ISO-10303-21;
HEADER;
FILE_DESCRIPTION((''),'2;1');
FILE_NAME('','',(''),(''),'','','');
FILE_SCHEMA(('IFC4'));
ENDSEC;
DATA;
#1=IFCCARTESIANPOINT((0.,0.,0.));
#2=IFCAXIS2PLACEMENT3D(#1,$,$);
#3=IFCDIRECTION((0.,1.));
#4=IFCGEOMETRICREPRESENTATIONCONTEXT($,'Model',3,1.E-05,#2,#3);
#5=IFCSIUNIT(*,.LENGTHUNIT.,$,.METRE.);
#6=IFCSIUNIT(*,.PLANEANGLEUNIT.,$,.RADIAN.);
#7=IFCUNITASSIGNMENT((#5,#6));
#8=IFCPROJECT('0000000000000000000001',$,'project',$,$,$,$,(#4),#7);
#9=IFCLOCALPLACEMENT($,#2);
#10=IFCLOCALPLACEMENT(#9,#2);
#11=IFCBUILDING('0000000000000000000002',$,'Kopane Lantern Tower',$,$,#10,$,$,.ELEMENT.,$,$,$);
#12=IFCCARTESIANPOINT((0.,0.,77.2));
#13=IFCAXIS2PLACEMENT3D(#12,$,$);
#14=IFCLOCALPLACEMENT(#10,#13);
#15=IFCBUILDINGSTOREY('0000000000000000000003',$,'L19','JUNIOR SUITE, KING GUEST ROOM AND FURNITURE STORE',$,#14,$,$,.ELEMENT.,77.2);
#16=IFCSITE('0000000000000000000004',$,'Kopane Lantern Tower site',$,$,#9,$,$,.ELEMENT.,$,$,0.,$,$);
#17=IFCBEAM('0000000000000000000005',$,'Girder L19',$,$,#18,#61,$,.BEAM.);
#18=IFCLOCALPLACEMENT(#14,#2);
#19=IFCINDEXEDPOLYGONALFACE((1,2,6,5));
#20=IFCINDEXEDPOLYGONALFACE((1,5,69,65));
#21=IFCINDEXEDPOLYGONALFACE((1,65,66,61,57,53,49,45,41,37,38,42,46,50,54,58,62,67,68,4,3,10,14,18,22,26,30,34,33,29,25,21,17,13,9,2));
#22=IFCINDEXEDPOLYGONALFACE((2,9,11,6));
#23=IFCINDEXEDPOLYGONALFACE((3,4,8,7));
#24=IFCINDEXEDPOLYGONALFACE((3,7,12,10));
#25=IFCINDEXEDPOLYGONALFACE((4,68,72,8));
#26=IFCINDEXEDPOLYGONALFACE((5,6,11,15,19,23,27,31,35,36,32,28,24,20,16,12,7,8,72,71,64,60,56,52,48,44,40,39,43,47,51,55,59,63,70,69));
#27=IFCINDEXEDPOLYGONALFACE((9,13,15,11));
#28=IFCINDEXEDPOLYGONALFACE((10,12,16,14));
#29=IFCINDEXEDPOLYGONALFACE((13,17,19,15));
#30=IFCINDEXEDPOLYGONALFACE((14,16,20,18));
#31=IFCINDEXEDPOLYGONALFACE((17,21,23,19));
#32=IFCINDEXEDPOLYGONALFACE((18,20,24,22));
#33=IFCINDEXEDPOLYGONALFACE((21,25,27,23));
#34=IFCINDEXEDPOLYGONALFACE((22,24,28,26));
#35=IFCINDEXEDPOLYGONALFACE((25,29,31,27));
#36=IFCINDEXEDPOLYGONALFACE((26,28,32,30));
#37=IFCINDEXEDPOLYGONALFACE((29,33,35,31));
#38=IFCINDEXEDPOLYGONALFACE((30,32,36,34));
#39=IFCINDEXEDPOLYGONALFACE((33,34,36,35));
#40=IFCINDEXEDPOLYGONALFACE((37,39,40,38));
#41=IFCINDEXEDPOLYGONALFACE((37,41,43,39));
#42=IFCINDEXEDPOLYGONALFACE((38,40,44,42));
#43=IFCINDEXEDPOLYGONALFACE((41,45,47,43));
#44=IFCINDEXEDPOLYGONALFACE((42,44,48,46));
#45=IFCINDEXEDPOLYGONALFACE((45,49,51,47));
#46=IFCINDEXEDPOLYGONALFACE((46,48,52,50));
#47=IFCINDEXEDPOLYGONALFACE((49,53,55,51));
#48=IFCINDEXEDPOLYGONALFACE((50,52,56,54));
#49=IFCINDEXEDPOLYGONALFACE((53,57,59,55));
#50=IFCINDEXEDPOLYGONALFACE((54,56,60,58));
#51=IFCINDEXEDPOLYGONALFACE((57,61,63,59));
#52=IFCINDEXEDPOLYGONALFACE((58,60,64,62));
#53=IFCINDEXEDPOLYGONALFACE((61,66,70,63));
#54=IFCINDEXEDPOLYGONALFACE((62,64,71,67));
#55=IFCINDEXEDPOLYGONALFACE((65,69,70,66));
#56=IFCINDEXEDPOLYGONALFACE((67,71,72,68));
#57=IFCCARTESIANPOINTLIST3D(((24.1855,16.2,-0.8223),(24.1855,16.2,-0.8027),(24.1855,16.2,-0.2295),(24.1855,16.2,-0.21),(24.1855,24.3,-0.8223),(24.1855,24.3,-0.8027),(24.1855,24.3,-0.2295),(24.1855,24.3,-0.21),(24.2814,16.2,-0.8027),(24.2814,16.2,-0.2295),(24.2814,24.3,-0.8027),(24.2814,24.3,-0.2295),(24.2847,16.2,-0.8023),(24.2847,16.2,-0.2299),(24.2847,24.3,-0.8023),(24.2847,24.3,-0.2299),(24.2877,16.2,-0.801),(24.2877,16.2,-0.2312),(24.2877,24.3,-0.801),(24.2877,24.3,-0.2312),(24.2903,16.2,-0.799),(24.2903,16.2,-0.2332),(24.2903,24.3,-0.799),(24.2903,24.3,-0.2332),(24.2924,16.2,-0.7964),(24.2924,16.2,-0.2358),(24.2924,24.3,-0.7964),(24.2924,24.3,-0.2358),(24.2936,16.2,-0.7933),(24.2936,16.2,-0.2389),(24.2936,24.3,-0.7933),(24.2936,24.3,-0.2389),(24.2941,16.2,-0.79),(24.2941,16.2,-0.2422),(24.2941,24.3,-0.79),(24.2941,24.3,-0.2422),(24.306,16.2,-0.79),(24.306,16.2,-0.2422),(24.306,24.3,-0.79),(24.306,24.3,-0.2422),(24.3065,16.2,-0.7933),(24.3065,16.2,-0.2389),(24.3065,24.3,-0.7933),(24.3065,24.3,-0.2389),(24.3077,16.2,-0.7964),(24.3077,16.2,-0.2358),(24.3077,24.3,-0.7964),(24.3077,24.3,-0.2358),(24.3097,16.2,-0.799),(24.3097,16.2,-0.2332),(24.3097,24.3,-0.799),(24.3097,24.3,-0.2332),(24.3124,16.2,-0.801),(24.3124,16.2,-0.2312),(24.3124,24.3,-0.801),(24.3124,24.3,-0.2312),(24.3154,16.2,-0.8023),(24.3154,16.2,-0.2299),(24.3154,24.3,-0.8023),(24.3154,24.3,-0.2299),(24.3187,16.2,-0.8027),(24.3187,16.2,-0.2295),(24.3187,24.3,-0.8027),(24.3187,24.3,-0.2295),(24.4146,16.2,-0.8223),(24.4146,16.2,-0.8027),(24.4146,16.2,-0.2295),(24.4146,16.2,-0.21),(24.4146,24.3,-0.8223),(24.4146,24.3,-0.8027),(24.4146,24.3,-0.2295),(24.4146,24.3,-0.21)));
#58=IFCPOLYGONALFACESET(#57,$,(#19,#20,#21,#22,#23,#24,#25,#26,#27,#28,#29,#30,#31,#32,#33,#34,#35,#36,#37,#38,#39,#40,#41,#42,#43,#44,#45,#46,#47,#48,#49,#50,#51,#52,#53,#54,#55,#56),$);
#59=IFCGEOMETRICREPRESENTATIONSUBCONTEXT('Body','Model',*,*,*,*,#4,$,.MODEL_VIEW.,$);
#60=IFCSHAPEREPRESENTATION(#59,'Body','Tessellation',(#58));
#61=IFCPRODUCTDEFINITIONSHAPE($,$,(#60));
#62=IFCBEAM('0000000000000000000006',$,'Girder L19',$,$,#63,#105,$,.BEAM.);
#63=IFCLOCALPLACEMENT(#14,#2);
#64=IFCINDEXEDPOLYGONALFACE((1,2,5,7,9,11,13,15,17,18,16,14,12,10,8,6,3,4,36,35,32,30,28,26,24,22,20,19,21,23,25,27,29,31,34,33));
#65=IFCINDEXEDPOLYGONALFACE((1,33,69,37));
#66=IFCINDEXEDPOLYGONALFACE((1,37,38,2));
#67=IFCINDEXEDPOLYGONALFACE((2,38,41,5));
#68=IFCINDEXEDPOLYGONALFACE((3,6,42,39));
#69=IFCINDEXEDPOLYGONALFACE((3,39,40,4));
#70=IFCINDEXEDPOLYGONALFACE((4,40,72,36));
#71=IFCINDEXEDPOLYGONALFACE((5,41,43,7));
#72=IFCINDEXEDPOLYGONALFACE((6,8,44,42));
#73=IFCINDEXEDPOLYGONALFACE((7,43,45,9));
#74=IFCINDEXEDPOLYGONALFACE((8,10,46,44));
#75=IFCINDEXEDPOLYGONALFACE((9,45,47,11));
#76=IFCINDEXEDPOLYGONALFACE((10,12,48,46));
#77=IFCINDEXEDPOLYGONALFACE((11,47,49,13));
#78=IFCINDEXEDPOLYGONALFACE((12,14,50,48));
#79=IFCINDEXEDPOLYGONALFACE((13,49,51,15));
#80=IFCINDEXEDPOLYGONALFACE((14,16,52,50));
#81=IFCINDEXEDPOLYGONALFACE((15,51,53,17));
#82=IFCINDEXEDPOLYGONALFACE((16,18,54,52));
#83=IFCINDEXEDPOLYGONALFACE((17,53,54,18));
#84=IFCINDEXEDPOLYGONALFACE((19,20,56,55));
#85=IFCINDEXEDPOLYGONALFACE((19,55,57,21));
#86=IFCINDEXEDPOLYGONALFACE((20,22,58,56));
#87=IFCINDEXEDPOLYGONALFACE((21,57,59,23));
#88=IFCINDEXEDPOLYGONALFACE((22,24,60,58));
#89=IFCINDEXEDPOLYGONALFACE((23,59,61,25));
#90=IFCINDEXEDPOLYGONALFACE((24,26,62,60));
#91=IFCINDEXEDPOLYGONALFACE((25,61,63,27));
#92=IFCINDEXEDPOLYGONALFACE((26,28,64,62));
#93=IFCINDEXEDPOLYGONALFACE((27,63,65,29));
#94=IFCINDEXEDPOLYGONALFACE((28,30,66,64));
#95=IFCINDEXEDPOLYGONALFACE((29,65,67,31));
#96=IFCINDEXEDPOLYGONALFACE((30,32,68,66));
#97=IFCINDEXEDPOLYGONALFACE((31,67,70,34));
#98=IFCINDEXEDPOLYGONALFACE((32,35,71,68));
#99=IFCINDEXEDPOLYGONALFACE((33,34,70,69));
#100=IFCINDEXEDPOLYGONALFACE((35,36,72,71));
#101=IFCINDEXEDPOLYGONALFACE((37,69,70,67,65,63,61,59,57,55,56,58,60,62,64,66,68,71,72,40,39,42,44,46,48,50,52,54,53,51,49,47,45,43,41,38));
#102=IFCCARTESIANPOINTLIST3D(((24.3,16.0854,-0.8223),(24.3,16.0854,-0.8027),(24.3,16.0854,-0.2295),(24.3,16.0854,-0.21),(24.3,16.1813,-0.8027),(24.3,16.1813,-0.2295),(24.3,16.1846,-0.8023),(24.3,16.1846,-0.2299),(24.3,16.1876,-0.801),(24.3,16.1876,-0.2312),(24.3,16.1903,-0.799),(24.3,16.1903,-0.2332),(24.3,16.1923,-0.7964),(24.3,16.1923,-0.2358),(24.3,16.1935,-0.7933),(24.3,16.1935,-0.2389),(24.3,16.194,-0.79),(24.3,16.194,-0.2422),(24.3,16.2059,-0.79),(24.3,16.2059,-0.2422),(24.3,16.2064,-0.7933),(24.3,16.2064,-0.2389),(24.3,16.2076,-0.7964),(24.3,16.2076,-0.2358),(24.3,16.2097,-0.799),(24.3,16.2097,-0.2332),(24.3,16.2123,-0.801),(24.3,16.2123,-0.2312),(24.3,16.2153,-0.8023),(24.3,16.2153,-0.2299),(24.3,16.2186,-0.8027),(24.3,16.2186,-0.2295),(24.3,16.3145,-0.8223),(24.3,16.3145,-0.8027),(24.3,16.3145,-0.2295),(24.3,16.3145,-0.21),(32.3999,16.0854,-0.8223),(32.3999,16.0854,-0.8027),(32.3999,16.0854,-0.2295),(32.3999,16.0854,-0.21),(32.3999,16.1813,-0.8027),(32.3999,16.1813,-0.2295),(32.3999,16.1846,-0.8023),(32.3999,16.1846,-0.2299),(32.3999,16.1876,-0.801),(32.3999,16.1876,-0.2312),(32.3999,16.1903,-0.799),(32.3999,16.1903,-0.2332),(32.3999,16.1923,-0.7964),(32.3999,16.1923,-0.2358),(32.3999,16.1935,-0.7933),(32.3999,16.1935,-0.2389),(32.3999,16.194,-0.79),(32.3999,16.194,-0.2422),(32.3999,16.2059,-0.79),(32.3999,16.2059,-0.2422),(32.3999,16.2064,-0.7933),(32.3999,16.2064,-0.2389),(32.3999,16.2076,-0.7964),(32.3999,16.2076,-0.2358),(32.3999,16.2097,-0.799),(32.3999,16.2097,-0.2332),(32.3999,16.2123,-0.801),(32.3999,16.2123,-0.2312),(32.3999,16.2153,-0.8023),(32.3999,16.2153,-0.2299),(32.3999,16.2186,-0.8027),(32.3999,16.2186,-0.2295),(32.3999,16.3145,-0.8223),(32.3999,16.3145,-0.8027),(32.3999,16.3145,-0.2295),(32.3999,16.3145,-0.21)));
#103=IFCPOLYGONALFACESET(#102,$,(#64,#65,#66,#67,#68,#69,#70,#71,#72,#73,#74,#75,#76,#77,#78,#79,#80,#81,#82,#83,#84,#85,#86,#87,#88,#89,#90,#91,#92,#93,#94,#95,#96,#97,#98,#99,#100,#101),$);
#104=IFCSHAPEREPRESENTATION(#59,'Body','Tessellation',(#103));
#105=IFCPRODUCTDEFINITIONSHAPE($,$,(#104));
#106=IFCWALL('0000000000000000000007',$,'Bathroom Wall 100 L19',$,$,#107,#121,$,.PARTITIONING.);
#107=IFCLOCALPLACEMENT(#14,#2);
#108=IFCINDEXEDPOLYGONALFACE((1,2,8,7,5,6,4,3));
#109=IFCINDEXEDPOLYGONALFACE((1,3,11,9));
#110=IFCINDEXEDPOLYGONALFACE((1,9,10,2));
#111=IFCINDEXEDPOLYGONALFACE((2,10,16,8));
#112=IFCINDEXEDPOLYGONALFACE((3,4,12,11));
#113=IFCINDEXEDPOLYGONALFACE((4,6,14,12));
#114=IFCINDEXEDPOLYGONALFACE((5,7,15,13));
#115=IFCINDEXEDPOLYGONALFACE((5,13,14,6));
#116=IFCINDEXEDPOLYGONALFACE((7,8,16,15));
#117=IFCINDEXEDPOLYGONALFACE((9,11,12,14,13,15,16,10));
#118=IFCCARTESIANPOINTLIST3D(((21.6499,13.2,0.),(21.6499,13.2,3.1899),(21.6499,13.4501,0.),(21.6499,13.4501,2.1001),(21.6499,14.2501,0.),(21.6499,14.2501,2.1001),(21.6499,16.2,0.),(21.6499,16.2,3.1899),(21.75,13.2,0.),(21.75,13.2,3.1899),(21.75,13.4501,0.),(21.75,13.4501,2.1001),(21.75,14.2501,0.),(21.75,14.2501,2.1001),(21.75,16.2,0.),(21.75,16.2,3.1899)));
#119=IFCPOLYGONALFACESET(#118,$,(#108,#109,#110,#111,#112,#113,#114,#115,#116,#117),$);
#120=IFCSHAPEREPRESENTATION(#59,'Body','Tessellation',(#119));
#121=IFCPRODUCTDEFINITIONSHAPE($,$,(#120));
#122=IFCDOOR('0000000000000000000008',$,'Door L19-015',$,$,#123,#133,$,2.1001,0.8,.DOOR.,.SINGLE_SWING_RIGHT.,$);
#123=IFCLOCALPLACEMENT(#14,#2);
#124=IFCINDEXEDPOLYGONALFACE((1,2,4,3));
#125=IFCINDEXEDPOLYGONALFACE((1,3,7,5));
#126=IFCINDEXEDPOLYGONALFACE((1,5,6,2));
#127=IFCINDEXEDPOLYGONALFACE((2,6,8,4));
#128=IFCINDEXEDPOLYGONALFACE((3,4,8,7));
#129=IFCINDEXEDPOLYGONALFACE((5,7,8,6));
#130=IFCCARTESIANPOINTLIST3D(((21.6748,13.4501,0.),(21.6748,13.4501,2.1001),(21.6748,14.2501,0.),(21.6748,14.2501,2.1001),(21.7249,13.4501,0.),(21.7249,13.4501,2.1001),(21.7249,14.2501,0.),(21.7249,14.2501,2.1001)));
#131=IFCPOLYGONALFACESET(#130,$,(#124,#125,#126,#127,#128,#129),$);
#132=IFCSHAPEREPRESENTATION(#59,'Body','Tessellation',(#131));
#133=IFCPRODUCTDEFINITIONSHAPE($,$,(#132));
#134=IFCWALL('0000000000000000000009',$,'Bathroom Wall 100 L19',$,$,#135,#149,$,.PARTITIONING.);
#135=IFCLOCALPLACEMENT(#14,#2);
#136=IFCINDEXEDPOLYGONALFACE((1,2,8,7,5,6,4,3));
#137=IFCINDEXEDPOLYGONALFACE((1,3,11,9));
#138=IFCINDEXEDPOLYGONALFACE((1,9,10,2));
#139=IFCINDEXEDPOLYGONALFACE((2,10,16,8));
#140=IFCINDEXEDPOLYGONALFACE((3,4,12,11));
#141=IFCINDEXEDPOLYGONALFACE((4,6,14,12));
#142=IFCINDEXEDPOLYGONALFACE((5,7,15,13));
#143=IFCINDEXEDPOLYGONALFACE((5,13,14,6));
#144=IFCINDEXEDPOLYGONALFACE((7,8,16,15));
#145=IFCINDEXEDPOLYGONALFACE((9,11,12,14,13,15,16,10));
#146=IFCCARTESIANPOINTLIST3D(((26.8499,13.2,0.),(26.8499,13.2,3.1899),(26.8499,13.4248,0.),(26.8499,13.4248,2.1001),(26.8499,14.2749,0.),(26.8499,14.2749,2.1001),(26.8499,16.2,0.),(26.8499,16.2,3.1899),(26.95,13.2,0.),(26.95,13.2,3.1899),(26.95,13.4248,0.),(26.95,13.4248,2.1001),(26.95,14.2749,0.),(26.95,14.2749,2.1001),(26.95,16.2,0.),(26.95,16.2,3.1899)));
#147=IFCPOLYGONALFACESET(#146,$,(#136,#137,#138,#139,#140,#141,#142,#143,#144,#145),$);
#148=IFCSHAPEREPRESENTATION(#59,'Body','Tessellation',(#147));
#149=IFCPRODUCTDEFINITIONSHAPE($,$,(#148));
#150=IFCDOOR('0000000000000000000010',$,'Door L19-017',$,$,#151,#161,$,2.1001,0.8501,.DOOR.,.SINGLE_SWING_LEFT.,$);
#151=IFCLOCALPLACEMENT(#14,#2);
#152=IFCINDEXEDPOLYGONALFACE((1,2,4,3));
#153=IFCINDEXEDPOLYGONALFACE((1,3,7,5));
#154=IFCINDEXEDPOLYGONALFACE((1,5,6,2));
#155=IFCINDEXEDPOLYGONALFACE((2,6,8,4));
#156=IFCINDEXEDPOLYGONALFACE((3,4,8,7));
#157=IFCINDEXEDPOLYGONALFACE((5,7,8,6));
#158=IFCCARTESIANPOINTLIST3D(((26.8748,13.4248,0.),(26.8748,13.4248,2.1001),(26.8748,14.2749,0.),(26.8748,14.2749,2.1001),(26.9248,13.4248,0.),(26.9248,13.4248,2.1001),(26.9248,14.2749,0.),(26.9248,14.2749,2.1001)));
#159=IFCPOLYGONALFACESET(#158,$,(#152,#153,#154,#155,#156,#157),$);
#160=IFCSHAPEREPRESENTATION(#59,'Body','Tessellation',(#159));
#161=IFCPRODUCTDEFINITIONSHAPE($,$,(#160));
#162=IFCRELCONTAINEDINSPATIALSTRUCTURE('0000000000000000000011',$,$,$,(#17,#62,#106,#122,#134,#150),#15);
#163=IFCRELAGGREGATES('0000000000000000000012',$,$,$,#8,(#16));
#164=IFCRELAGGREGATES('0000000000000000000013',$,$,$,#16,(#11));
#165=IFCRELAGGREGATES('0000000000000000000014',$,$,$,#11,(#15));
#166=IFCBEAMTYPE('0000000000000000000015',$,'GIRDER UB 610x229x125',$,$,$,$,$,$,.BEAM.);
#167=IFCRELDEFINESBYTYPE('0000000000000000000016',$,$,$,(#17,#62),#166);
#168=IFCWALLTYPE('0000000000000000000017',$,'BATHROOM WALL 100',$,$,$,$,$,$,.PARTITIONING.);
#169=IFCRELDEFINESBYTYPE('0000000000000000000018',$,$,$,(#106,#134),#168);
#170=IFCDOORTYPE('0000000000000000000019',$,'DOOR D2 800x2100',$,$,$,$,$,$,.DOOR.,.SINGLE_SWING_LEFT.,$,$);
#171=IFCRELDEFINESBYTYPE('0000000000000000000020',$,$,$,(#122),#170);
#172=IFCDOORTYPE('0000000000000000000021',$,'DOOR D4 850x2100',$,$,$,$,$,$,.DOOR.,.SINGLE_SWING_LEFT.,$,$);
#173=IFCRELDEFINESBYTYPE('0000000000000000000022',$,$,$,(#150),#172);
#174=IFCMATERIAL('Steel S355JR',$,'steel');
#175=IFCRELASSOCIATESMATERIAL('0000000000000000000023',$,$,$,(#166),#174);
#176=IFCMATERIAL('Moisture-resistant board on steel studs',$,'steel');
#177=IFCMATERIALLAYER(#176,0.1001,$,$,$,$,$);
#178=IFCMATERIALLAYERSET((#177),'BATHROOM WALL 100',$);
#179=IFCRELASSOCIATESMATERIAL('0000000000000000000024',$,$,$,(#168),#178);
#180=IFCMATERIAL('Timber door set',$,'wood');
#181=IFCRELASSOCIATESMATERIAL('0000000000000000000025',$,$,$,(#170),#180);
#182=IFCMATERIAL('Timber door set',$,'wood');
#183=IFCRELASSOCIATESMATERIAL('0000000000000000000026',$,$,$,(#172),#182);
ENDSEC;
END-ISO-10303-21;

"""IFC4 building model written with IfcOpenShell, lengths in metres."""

from ifc_helpers import new_model, si_unit, direction, frame, frame_2d, origin, origin_2d, place, context, subcontext, project, spatial, rectangle, i_section, extrude, material, layer, layer_set, material_profile, profile_set, type_object, element, fill, save


model = new_model("IFC4")

# Units and contexts
model_context = context("Model", 3, precision=1e-05, world=origin(), true_north=direction((0.0, 1.0)))
body_context = subcontext(model_context, "Body", "Model", "MODEL_VIEW")
ifc_project = project(units=[si_unit("LENGTHUNIT", "METRE"), si_unit("PLANEANGLEUNIT", "RADIAN")], contexts=[model_context])

# Site, building, storey
site_placement = place(None, origin())
site = spatial("IfcSite", under=ifc_project, at=site_placement, Name="Kopane Lantern Tower site", CompositionType="ELEMENT", RefElevation=0.0)
building_placement = place(site_placement, origin())
building = spatial("IfcBuilding", under=site, at=building_placement, Name="Kopane Lantern Tower", CompositionType="ELEMENT")
storey_placement = place(building_placement, frame((0.0, 0.0, 77.2)))
storey = spatial("IfcBuildingStorey", under=building, at=storey_placement, Name="L19", Description="JUNIOR SUITE, KING GUEST ROOM AND FURNITURE STORE", CompositionType="ELEMENT", Elevation=77.2)

# Beams
ifc_material_1 = material(Name="Steel S355JR", Category="steel")
ifc_material_profile_1 = material_profile(ifc_material_1, i_section(OverallWidth=0.229, OverallDepth=0.6123, WebThickness=0.012, FlangeThickness=0.0195, FilletRadius=0.0127, at=origin_2d()), Name="UB 610x229x125")
ifc_profile_set_1 = profile_set([ifc_material_profile_1], Name="Steel S355JR")
beam_type = type_object("IfcBeamType", Name="GIRDER UB 610x229x125", PredefinedType="BEAM", material=ifc_profile_set_1)
for number, where, z_axis, x_axis, name in (
    (1, (24.3, 16.2, -0.5161), (0.0, 1.0, 0.0), (-1.0, 0.0, 0.0), "Girder L19"),
):
    element("IfcBeam", number, at=place(storey_placement, frame(where, z_axis=z_axis, x_axis=x_axis)), inside=storey, type_object=beam_type, Name=name, PredefinedType="BEAM", context=body_context, shape_type="SweptSolid", body=[
        extrude(i_section(OverallWidth=0.229, OverallDepth=0.6123, WebThickness=0.012, FlangeThickness=0.0195, FilletRadius=0.0127, at=origin_2d()), origin(), (0.0, 0.0, 1.0), 8.1001),
    ])
beam_1_placement = place(storey_placement, frame((24.3, 16.2, -0.5161), z_axis=(1.0, 0.0, 0.0), x_axis=(0.0, 1.0, 0.0)))
element("IfcBeam", 2, at=beam_1_placement, inside=storey, type_object=beam_type, Name="Girder L19", PredefinedType="BEAM", context=body_context, shape_type="SweptSolid", body=[
    extrude(i_section(OverallWidth=0.229, OverallDepth=0.6123, WebThickness=0.012, FlangeThickness=0.0195, FilletRadius=0.0127, at=origin_2d()), origin(), (0.0, 0.0, 1.0), 8.0999),
])

# Walls, openings, doors
ifc_material_2 = material(Name="Moisture-resistant board on steel studs", Category="steel")
ifc_layer_1 = layer(ifc_material_2, 0.1001)
ifc_layer_set_1 = layer_set([ifc_layer_1], Name="BATHROOM WALL 100")
wall_type_1 = type_object("IfcWallType", Name="BATHROOM WALL 100", PredefinedType="PARTITIONING", material=ifc_layer_set_1)
wall_1_placement = place(storey_placement, frame((21.7, 16.2, 0.0), z_axis=(0.0, 0.0, 1.0), x_axis=(0.0, -1.0, 0.0)))
wall_1 = element("IfcWall", 3, at=wall_1_placement, inside=storey, type_object=wall_type_1, Name="Bathroom Wall 100 L19", PredefinedType="PARTITIONING", context=body_context, shape_type="SweptSolid", body=[
    extrude(rectangle(XDim=3.0, YDim=0.1001, at=frame_2d((1.5, 0.0))), origin(), (0.0, 0.0, 1.0), 3.1899),
])
opening_1_placement = place(wall_1_placement, frame((1.95, 0.0, 0.0)))
opening_1 = element("IfcOpeningElement", 4, at=opening_1_placement, cuts=wall_1, PredefinedType="OPENING", context=body_context, shape_type="SweptSolid", body=[
    extrude(rectangle(XDim=0.8, YDim=2.1001, at=frame_2d((0.3999, 1.05))), frame((0.0, 0.0601, 0.0), z_axis=(0.0, -1.0, 0.0), x_axis=(1.0, 0.0, 0.0)), (0.0, 0.0, 1.0), 0.1201),
])
ifc_material_3 = material(Name="Timber door set", Category="wood")
door_type_1 = type_object("IfcDoorType", Name="DOOR D2 800x2100", OperationType="SINGLE_SWING_LEFT", PredefinedType="DOOR", material=ifc_material_3)
door_1_placement = place(opening_1_placement, origin())
door_1 = element("IfcDoor", 5, at=door_1_placement, inside=storey, type_object=door_type_1, Name="Door L19-015", OperationType="SINGLE_SWING_RIGHT", OverallHeight=2.1001, OverallWidth=0.8, PredefinedType="DOOR", context=body_context, shape_type="SweptSolid", body=[
    extrude(rectangle(XDim=0.8, YDim=2.1001, at=frame_2d((0.3999, 1.05))), frame((0.0, 0.0249, 0.0), z_axis=(0.0, -1.0, 0.0), x_axis=(1.0, 0.0, 0.0)), (0.0, 0.0, 1.0), 0.05),
])
fill(opening_1, door_1)
wall_2_placement = place(storey_placement, frame((26.8999, 16.2, 0.0), z_axis=(0.0, 0.0, 1.0), x_axis=(0.0, -1.0, 0.0)))
wall_2 = element("IfcWall", 6, at=wall_2_placement, inside=storey, type_object=wall_type_1, Name="Bathroom Wall 100 L19", PredefinedType="PARTITIONING", context=body_context, shape_type="SweptSolid", body=[
    extrude(rectangle(XDim=3.0, YDim=0.1001, at=frame_2d((1.5, 0.0))), origin(), (0.0, 0.0, 1.0), 3.1899),
])
opening_2_placement = place(wall_2_placement, frame((1.925, 0.0, 0.0)))
opening_2 = element("IfcOpeningElement", 7, at=opening_2_placement, cuts=wall_2, PredefinedType="OPENING", context=body_context, shape_type="SweptSolid", body=[
    extrude(rectangle(XDim=0.8501, YDim=2.1001, at=frame_2d((0.425, 1.05))), frame((0.0, 0.0601, 0.0), z_axis=(0.0, -1.0, 0.0), x_axis=(1.0, 0.0, 0.0)), (0.0, 0.0, 1.0), 0.1201),
])
ifc_material_4 = material(Name="Timber door set", Category="wood")
door_type_2 = type_object("IfcDoorType", Name="DOOR D4 850x2100", OperationType="SINGLE_SWING_LEFT", PredefinedType="DOOR", material=ifc_material_4)
door_2_placement = place(opening_2_placement, origin())
door_2 = element("IfcDoor", 8, at=door_2_placement, inside=storey, type_object=door_type_2, Name="Door L19-017", OperationType="SINGLE_SWING_LEFT", OverallHeight=2.1001, OverallWidth=0.8501, PredefinedType="DOOR", context=body_context, shape_type="SweptSolid", body=[
    extrude(rectangle(XDim=0.8501, YDim=2.1001, at=frame_2d((0.425, 1.05))), frame((0.0, 0.0249, 0.0), z_axis=(0.0, -1.0, 0.0), x_axis=(1.0, 0.0, 0.0)), (0.0, 0.0, 1.0), 0.05),
])
fill(opening_2, door_2)

save(model, "model.ifc")
